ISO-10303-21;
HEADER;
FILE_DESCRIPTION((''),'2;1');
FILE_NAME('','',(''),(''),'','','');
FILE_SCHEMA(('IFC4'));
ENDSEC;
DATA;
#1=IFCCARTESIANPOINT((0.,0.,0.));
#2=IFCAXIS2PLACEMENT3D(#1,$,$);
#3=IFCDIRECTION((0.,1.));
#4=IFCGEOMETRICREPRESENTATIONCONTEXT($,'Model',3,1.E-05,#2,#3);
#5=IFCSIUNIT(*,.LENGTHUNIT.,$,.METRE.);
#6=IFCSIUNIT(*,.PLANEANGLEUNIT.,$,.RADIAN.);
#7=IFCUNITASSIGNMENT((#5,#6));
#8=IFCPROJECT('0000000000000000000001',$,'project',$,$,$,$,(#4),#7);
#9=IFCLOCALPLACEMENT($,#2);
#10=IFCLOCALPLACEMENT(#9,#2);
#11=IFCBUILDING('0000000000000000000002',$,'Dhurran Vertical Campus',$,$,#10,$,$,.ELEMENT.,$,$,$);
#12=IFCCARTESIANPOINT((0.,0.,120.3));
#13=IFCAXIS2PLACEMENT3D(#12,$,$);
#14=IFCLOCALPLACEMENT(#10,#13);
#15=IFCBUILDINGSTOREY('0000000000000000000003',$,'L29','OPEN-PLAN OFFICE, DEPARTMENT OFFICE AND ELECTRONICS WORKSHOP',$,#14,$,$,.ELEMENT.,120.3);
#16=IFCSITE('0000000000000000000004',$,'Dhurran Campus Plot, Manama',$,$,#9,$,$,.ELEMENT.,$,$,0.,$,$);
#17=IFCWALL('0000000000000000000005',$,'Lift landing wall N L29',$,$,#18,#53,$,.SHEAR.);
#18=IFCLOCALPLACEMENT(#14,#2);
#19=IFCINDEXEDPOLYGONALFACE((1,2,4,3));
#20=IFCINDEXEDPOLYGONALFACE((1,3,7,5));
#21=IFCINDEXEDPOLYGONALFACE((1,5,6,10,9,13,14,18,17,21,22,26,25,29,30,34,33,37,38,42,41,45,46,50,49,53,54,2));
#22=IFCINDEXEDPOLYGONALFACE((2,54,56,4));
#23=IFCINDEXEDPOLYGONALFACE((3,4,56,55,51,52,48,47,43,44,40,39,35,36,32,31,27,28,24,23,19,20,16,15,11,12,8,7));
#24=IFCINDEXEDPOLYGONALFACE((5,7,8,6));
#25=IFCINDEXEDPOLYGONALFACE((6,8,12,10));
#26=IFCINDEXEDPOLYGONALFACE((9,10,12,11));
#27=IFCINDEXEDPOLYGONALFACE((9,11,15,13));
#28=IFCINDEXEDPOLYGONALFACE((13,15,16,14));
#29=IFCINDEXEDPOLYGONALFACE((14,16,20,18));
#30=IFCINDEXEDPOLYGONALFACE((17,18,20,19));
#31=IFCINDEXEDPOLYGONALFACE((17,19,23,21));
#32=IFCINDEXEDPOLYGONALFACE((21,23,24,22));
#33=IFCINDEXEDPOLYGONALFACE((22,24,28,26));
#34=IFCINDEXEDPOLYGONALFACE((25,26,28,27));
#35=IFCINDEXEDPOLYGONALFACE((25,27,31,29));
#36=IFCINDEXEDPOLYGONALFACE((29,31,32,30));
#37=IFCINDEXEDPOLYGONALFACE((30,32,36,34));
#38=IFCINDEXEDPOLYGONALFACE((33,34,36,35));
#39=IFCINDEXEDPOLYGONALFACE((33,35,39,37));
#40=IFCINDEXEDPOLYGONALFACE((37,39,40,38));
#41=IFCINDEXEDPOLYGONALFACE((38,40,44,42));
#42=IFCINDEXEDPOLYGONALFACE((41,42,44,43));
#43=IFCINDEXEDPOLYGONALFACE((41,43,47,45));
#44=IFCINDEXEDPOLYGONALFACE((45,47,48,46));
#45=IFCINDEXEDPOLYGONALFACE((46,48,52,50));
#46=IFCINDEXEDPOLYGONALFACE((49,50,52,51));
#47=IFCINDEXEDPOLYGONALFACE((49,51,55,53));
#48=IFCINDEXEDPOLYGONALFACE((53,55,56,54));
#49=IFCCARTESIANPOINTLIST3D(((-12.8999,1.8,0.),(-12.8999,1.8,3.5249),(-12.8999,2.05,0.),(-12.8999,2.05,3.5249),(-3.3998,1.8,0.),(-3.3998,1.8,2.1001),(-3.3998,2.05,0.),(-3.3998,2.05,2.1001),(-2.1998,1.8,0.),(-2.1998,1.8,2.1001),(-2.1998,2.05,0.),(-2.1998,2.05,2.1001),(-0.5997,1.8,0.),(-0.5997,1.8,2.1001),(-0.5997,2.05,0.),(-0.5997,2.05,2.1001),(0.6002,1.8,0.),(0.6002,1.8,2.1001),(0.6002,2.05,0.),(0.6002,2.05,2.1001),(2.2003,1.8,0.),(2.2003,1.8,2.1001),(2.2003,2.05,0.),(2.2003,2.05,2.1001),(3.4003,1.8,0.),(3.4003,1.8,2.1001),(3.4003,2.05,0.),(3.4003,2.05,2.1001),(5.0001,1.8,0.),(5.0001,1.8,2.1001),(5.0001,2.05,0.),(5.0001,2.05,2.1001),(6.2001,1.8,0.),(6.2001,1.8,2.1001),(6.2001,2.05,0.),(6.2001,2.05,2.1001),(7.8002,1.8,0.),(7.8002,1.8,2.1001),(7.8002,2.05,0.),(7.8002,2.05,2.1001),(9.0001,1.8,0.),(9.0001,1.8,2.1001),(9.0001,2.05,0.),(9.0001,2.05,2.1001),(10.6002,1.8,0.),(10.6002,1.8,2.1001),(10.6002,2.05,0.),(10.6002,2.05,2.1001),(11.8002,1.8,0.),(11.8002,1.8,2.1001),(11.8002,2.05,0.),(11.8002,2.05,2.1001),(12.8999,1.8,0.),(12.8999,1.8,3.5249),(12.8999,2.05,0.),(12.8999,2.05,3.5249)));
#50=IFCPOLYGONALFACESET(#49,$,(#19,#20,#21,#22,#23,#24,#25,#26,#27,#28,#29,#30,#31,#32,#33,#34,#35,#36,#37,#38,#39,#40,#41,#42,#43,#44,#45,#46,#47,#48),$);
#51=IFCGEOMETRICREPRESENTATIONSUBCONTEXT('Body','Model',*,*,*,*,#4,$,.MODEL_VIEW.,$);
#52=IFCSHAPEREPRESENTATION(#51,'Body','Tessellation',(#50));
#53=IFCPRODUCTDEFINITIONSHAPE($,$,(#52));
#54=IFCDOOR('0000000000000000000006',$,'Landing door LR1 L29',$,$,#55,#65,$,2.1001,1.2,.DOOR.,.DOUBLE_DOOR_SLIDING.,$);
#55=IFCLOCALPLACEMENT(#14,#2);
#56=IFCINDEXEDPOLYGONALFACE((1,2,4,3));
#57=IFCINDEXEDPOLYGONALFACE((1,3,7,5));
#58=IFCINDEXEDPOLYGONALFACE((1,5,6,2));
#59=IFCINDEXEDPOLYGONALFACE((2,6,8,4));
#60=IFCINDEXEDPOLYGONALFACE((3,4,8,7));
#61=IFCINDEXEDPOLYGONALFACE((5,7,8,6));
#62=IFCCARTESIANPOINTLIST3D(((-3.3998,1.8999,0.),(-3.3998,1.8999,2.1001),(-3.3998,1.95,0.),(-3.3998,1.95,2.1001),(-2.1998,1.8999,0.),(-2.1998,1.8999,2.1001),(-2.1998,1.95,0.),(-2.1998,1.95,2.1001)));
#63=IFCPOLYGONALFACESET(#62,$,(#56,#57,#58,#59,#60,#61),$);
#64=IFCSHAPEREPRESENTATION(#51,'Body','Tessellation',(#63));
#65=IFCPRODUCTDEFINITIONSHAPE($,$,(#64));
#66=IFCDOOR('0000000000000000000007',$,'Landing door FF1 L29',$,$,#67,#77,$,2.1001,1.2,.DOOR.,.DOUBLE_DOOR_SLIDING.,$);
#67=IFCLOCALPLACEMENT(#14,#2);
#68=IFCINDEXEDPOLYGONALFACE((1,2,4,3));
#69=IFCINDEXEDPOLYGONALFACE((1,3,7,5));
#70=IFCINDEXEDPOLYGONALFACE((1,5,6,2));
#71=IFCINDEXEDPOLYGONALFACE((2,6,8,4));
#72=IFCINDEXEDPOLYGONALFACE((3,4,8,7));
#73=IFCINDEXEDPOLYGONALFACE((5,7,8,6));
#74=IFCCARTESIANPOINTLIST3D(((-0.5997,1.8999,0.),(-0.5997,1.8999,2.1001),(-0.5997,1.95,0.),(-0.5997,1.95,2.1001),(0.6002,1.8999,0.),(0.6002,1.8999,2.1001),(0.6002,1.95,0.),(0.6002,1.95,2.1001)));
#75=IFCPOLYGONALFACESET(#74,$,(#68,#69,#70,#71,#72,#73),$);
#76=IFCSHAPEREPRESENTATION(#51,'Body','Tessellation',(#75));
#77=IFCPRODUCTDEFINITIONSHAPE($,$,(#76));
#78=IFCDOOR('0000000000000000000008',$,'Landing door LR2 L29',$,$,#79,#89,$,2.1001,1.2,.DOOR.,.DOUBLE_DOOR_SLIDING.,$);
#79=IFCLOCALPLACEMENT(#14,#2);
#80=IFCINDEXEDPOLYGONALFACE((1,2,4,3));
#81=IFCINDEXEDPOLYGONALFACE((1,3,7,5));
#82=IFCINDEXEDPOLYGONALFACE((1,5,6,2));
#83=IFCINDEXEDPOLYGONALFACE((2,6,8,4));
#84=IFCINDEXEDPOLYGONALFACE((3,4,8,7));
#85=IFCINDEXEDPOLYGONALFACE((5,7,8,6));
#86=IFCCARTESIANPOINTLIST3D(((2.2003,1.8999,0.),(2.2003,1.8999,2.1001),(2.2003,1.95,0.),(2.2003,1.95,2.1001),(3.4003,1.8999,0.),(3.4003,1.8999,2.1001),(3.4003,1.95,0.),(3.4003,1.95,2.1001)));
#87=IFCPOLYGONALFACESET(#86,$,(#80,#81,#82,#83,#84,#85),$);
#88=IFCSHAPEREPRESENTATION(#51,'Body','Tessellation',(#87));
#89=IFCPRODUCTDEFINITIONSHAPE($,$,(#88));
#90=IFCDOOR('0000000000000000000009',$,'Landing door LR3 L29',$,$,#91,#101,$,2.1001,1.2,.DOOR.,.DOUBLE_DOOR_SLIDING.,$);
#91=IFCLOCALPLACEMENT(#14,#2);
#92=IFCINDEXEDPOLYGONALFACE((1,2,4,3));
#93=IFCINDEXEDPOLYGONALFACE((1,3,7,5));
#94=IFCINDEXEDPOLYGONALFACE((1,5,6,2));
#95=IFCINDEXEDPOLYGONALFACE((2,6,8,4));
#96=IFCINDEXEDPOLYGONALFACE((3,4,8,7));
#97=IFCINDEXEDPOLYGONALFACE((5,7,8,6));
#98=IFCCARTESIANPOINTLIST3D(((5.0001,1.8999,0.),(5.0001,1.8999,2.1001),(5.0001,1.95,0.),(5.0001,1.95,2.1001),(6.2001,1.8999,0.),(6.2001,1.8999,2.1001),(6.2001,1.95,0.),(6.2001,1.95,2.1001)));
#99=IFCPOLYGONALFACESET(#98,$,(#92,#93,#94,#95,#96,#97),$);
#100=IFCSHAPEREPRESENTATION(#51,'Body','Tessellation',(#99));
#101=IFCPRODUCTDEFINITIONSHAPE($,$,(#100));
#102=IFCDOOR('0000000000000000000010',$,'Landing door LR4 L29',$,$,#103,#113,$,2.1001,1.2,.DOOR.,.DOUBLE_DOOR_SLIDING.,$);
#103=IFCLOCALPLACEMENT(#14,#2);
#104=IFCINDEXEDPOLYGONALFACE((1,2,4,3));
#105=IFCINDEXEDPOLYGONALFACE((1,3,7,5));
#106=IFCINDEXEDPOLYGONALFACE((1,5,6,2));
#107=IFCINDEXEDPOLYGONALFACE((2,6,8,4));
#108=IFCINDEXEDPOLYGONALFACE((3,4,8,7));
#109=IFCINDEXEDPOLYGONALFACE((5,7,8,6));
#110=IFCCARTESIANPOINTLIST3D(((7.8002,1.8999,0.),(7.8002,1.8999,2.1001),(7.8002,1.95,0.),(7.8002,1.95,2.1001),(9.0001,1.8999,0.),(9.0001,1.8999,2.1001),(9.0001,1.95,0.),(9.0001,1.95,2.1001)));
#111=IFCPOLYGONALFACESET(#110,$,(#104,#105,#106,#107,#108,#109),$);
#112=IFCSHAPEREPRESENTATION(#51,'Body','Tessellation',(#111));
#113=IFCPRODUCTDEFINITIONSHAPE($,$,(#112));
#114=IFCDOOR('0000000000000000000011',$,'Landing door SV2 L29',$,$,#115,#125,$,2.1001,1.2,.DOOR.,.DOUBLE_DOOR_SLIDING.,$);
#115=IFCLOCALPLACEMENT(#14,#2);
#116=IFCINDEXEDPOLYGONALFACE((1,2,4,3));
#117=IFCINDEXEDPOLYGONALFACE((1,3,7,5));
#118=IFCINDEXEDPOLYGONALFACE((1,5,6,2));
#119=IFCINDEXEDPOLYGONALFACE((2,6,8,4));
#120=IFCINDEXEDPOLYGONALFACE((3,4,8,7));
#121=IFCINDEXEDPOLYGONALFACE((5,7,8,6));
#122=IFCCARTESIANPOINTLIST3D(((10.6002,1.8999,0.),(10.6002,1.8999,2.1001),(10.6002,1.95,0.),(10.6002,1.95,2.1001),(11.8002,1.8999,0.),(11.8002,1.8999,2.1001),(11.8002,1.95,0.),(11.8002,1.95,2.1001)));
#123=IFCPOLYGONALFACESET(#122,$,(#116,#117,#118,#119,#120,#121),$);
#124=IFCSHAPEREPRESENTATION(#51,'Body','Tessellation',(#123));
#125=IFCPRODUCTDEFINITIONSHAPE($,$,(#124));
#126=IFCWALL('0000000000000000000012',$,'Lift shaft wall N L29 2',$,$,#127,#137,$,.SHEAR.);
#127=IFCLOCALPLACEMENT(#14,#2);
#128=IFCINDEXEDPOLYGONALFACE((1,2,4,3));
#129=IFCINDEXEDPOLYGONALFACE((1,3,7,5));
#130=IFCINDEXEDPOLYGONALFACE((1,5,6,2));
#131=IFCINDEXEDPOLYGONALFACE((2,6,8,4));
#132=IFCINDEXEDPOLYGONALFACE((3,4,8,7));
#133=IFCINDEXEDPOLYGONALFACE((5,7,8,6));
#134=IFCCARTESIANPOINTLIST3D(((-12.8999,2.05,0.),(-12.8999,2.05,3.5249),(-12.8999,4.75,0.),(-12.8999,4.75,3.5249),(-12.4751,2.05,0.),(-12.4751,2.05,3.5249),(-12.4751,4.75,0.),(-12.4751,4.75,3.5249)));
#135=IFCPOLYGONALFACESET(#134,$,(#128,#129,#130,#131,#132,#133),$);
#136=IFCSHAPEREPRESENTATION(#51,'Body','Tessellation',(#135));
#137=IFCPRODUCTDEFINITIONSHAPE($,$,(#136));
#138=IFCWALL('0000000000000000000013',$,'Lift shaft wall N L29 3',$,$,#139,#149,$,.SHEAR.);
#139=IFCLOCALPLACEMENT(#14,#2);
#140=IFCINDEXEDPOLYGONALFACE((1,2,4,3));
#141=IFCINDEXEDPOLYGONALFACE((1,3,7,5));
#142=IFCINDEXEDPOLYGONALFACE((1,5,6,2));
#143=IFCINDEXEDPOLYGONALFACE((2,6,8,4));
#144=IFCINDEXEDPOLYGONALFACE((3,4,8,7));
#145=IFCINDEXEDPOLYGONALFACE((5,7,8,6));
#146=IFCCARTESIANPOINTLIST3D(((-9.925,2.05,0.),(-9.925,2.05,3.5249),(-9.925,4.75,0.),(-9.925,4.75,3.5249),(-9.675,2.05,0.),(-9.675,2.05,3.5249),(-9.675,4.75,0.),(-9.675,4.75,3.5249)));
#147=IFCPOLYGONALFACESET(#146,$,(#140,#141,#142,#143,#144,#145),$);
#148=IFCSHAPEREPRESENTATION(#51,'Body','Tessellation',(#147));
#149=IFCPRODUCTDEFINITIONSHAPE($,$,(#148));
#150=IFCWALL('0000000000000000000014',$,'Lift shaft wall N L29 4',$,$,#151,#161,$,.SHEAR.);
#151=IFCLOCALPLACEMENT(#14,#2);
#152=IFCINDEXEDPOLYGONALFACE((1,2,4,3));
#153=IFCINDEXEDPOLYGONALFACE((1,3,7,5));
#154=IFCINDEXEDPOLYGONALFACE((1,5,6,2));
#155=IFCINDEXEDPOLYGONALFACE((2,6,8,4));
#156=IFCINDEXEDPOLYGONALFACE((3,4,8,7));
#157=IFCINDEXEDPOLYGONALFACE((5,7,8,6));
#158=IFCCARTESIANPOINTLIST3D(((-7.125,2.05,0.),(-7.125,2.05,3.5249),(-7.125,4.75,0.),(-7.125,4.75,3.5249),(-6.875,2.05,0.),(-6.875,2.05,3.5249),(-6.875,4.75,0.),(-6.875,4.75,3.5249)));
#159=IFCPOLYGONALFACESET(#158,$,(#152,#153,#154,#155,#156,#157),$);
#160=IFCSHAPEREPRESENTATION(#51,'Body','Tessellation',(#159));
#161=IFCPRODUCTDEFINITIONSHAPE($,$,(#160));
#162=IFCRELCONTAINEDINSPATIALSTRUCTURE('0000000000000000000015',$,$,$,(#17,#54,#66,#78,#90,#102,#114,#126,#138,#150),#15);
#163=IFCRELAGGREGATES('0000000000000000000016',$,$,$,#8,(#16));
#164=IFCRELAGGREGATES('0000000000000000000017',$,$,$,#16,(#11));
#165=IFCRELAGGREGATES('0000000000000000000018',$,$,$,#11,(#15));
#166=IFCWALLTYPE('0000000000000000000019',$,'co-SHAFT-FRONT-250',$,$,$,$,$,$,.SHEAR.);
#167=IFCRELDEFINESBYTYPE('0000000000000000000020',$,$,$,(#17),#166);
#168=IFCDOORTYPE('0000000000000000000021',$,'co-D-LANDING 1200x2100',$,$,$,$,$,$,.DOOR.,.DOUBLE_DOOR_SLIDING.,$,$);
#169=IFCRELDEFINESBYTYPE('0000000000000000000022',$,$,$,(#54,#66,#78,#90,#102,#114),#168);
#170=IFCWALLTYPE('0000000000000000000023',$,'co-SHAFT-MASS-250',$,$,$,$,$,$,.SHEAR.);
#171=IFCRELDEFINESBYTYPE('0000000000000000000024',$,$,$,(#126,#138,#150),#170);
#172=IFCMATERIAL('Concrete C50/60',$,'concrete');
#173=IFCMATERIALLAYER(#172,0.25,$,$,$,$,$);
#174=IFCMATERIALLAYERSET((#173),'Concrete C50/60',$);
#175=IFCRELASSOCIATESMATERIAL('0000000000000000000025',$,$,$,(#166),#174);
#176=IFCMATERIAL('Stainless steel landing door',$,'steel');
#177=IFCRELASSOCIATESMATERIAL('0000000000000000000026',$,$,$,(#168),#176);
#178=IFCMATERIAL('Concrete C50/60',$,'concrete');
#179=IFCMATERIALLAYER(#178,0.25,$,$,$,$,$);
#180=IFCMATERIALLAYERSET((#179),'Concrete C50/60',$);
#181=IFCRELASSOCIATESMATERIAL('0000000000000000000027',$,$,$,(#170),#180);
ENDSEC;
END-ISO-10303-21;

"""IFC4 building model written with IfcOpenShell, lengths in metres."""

from ifc_helpers import new_model, si_unit, direction, frame, frame_2d, origin, place, context, subcontext, project, spatial, polyline, rectangle, outline, extrude, material, layer, layer_set, type_object, element, fill, save


model = new_model("IFC4")

# Units and contexts
model_context = context("Model", 3, precision=1e-05, world=origin(), true_north=direction((0.0, 1.0)))
body_context = subcontext(model_context, "Body", "Model", "MODEL_VIEW")
ifc_project = project(units=[si_unit("LENGTHUNIT", "METRE"), si_unit("PLANEANGLEUNIT", "RADIAN")], contexts=[model_context])

# Site, building, storey
site_placement = place(None, origin())
site = spatial("IfcSite", under=ifc_project, at=site_placement, Name="Dhurran Campus Plot, Manama", CompositionType="ELEMENT", RefElevation=0.0)
building_placement = place(site_placement, origin())
building = spatial("IfcBuilding", under=site, at=building_placement, Name="Dhurran Vertical Campus", CompositionType="ELEMENT")
storey_placement = place(building_placement, frame((0.0, 0.0, 120.3)))
storey = spatial("IfcBuildingStorey", under=building, at=storey_placement, Name="L29", Description="OPEN-PLAN OFFICE, DEPARTMENT OFFICE AND ELECTRONICS WORKSHOP", CompositionType="ELEMENT", Elevation=120.3)

# Wall, openings, doors
ifc_material_1 = material(Name="Concrete C50/60", Category="concrete")
ifc_layer_1 = layer(ifc_material_1, 0.25)
ifc_layer_set_1 = layer_set([ifc_layer_1], Name="Concrete C50/60")
wall_type_1 = type_object("IfcWallType", Name="co-SHAFT-FRONT-250", PredefinedType="SHEAR", material=ifc_layer_set_1)
wall_1_placement = place(storey_placement, frame((-12.8999, 1.925, 0.0), z_axis=(0.0, 0.0, 1.0), x_axis=(1.0, 0.0, 0.0)))
wall_1 = element("IfcWall", 1, at=wall_1_placement, inside=storey, type_object=wall_type_1, Name="Lift landing wall N L29", PredefinedType="SHEAR", context=body_context, shape_type="SweptSolid", body=[
    extrude(rectangle(XDim=25.7998, YDim=0.25, at=frame_2d((12.8999, 0.0))), origin(), (0.0, 0.0, 1.0), 3.5249),
])
opening_1_placement = place(wall_1_placement, frame((9.5, 0.0, 0.0)))
opening_1 = element("IfcOpeningElement", 2, at=opening_1_placement, cuts=wall_1, PredefinedType="OPENING", context=body_context, shape_type="SweptSolid", body=[
    extrude(rectangle(XDim=1.2, YDim=2.1001, at=frame_2d((0.6001, 1.05))), frame((0.0, 0.135, 0.0), z_axis=(0.0, -1.0, 0.0), x_axis=(1.0, 0.0, 0.0)), (0.0, 0.0, 1.0), 0.27),
])
opening_2_placement = place(wall_1_placement, frame((12.3, 0.0, 0.0)))
opening_2 = element("IfcOpeningElement", 3, at=opening_2_placement, cuts=wall_1, PredefinedType="OPENING", context=body_context, shape_type="SweptSolid", body=[
    extrude(rectangle(XDim=1.2, YDim=2.1001, at=frame_2d((0.6001, 1.05))), frame((0.0, 0.135, 0.0), z_axis=(0.0, -1.0, 0.0), x_axis=(1.0, 0.0, 0.0)), (0.0, 0.0, 1.0), 0.27),
])
opening_3_placement = place(wall_1_placement, frame((15.1001, 0.0, 0.0)))
opening_3 = element("IfcOpeningElement", 4, at=opening_3_placement, cuts=wall_1, PredefinedType="OPENING", context=body_context, shape_type="SweptSolid", body=[
    extrude(rectangle(XDim=1.2, YDim=2.1001, at=frame_2d((0.6001, 1.05))), frame((0.0, 0.135, 0.0), z_axis=(0.0, -1.0, 0.0), x_axis=(1.0, 0.0, 0.0)), (0.0, 0.0, 1.0), 0.27),
])
opening_4_placement = place(wall_1_placement, frame((17.8999, 0.0, 0.0)))
opening_4 = element("IfcOpeningElement", 5, at=opening_4_placement, cuts=wall_1, PredefinedType="OPENING", context=body_context, shape_type="SweptSolid", body=[
    extrude(rectangle(XDim=1.2, YDim=2.1001, at=frame_2d((0.6001, 1.05))), frame((0.0, 0.135, 0.0), z_axis=(0.0, -1.0, 0.0), x_axis=(1.0, 0.0, 0.0)), (0.0, 0.0, 1.0), 0.27),
])
opening_5_placement = place(wall_1_placement, frame((20.7, 0.0, 0.0)))
opening_5 = element("IfcOpeningElement", 6, at=opening_5_placement, cuts=wall_1, PredefinedType="OPENING", context=body_context, shape_type="SweptSolid", body=[
    extrude(rectangle(XDim=1.2, YDim=2.1001, at=frame_2d((0.6001, 1.05))), frame((0.0, 0.135, 0.0), z_axis=(0.0, -1.0, 0.0), x_axis=(1.0, 0.0, 0.0)), (0.0, 0.0, 1.0), 0.27),
])
opening_6_placement = place(wall_1_placement, frame((23.5, 0.0, 0.0)))
opening_6 = element("IfcOpeningElement", 7, at=opening_6_placement, cuts=wall_1, PredefinedType="OPENING", context=body_context, shape_type="SweptSolid", body=[
    extrude(rectangle(XDim=1.2, YDim=2.1001, at=frame_2d((0.6001, 1.05))), frame((0.0, 0.135, 0.0), z_axis=(0.0, -1.0, 0.0), x_axis=(1.0, 0.0, 0.0)), (0.0, 0.0, 1.0), 0.27),
])
ifc_material_2 = material(Name="Stainless steel landing door", Category="steel")
door_type_1 = type_object("IfcDoorType", Name="co-D-LANDING 1200x2100", OperationType="DOUBLE_DOOR_SLIDING", PredefinedType="DOOR", material=ifc_material_2)
door_1_placement = place(opening_1_placement, origin())
door_1 = element("IfcDoor", 8, at=door_1_placement, inside=storey, type_object=door_type_1, Name="Landing door LR1 L29", OperationType="DOUBLE_DOOR_SLIDING", OverallHeight=2.1001, OverallWidth=1.2, PredefinedType="DOOR", context=body_context, shape_type="SweptSolid", body=[
    extrude(rectangle(XDim=1.2, YDim=2.1001, at=frame_2d((0.6001, 1.05))), frame((0.0, 0.0249, 0.0), z_axis=(0.0, -1.0, 0.0), x_axis=(1.0, 0.0, 0.0)), (0.0, 0.0, 1.0), 0.05),
])
fill(opening_1, door_1)
door_2_placement = place(opening_2_placement, origin())
door_2 = element("IfcDoor", 9, at=door_2_placement, inside=storey, type_object=door_type_1, Name="Landing door FF1 L29", OperationType="DOUBLE_DOOR_SLIDING", OverallHeight=2.1001, OverallWidth=1.2, PredefinedType="DOOR", context=body_context, shape_type="SweptSolid", body=[
    extrude(rectangle(XDim=1.2, YDim=2.1001, at=frame_2d((0.6001, 1.05))), frame((0.0, 0.0249, 0.0), z_axis=(0.0, -1.0, 0.0), x_axis=(1.0, 0.0, 0.0)), (0.0, 0.0, 1.0), 0.05),
])
fill(opening_2, door_2)
door_3_placement = place(opening_3_placement, origin())
door_3 = element("IfcDoor", 10, at=door_3_placement, inside=storey, type_object=door_type_1, Name="Landing door LR2 L29", OperationType="DOUBLE_DOOR_SLIDING", OverallHeight=2.1001, OverallWidth=1.2, PredefinedType="DOOR", context=body_context, shape_type="SweptSolid", body=[
    extrude(rectangle(XDim=1.2, YDim=2.1001, at=frame_2d((0.6001, 1.05))), frame((0.0, 0.0249, 0.0), z_axis=(0.0, -1.0, 0.0), x_axis=(1.0, 0.0, 0.0)), (0.0, 0.0, 1.0), 0.05),
])
fill(opening_3, door_3)
door_4_placement = place(opening_4_placement, origin())
door_4 = element("IfcDoor", 11, at=door_4_placement, inside=storey, type_object=door_type_1, Name="Landing door LR3 L29", OperationType="DOUBLE_DOOR_SLIDING", OverallHeight=2.1001, OverallWidth=1.2, PredefinedType="DOOR", context=body_context, shape_type="SweptSolid", body=[
    extrude(rectangle(XDim=1.2, YDim=2.1001, at=frame_2d((0.6001, 1.05))), frame((0.0, 0.0249, 0.0), z_axis=(0.0, -1.0, 0.0), x_axis=(1.0, 0.0, 0.0)), (0.0, 0.0, 1.0), 0.05),
])
fill(opening_4, door_4)
door_5_placement = place(opening_5_placement, origin())
door_5 = element("IfcDoor", 12, at=door_5_placement, inside=storey, type_object=door_type_1, Name="Landing door LR4 L29", OperationType="DOUBLE_DOOR_SLIDING", OverallHeight=2.1001, OverallWidth=1.2, PredefinedType="DOOR", context=body_context, shape_type="SweptSolid", body=[
    extrude(rectangle(XDim=1.2, YDim=2.1001, at=frame_2d((0.6001, 1.05))), frame((0.0, 0.0249, 0.0), z_axis=(0.0, -1.0, 0.0), x_axis=(1.0, 0.0, 0.0)), (0.0, 0.0, 1.0), 0.05),
])
fill(opening_5, door_5)
door_6_placement = place(opening_6_placement, origin())
door_6 = element("IfcDoor", 13, at=door_6_placement, inside=storey, type_object=door_type_1, Name="Landing door SV2 L29", OperationType="DOUBLE_DOOR_SLIDING", OverallHeight=2.1001, OverallWidth=1.2, PredefinedType="DOOR", context=body_context, shape_type="SweptSolid", body=[
    extrude(rectangle(XDim=1.2, YDim=2.1001, at=frame_2d((0.6001, 1.05))), frame((0.0, 0.0249, 0.0), z_axis=(0.0, -1.0, 0.0), x_axis=(1.0, 0.0, 0.0)), (0.0, 0.0, 1.0), 0.05),
])
fill(opening_6, door_6)

# Walls
ifc_material_3 = material(Name="Concrete C50/60", Category="concrete")
ifc_layer_2 = layer(ifc_material_3, 0.25)
ifc_layer_set_2 = layer_set([ifc_layer_2], Name="Concrete C50/60")
wall_type_2 = type_object("IfcWallType", Name="co-SHAFT-MASS-250", PredefinedType="SHEAR", material=ifc_layer_set_2)
wall_2_placement = place(storey_placement, origin())
element("IfcWall", 14, at=wall_2_placement, inside=storey, type_object=wall_type_2, Name="Lift shaft wall N L29 2", PredefinedType="SHEAR", context=body_context, shape_type="SweptSolid", body=[
    extrude(outline(polyline([(-12.8999, 2.05), (-12.4751, 2.05), (-12.4751, 4.75), (-12.8999, 4.75), (-12.8999, 2.05)])), origin(), (0.0, 0.0, 1.0), 3.5249),
])
wall_3_placement = place(storey_placement, origin())
element("IfcWall", 15, at=wall_3_placement, inside=storey, type_object=wall_type_2, Name="Lift shaft wall N L29 3", PredefinedType="SHEAR", context=body_context, shape_type="SweptSolid", body=[
    extrude(outline(polyline([(-9.925, 2.05), (-9.675, 2.05), (-9.675, 4.75), (-9.925, 4.75), (-9.925, 2.05)])), origin(), (0.0, 0.0, 1.0), 3.5249),
])
wall_4_placement = place(storey_placement, origin())
element("IfcWall", 16, at=wall_4_placement, inside=storey, type_object=wall_type_2, Name="Lift shaft wall N L29 4", PredefinedType="SHEAR", context=body_context, shape_type="SweptSolid", body=[
    extrude(outline(polyline([(-7.125, 2.05), (-6.875, 2.05), (-6.875, 4.75), (-7.125, 4.75), (-7.125, 2.05)])), origin(), (0.0, 0.0, 1.0), 3.5249),
])

save(model, "model.ifc")
